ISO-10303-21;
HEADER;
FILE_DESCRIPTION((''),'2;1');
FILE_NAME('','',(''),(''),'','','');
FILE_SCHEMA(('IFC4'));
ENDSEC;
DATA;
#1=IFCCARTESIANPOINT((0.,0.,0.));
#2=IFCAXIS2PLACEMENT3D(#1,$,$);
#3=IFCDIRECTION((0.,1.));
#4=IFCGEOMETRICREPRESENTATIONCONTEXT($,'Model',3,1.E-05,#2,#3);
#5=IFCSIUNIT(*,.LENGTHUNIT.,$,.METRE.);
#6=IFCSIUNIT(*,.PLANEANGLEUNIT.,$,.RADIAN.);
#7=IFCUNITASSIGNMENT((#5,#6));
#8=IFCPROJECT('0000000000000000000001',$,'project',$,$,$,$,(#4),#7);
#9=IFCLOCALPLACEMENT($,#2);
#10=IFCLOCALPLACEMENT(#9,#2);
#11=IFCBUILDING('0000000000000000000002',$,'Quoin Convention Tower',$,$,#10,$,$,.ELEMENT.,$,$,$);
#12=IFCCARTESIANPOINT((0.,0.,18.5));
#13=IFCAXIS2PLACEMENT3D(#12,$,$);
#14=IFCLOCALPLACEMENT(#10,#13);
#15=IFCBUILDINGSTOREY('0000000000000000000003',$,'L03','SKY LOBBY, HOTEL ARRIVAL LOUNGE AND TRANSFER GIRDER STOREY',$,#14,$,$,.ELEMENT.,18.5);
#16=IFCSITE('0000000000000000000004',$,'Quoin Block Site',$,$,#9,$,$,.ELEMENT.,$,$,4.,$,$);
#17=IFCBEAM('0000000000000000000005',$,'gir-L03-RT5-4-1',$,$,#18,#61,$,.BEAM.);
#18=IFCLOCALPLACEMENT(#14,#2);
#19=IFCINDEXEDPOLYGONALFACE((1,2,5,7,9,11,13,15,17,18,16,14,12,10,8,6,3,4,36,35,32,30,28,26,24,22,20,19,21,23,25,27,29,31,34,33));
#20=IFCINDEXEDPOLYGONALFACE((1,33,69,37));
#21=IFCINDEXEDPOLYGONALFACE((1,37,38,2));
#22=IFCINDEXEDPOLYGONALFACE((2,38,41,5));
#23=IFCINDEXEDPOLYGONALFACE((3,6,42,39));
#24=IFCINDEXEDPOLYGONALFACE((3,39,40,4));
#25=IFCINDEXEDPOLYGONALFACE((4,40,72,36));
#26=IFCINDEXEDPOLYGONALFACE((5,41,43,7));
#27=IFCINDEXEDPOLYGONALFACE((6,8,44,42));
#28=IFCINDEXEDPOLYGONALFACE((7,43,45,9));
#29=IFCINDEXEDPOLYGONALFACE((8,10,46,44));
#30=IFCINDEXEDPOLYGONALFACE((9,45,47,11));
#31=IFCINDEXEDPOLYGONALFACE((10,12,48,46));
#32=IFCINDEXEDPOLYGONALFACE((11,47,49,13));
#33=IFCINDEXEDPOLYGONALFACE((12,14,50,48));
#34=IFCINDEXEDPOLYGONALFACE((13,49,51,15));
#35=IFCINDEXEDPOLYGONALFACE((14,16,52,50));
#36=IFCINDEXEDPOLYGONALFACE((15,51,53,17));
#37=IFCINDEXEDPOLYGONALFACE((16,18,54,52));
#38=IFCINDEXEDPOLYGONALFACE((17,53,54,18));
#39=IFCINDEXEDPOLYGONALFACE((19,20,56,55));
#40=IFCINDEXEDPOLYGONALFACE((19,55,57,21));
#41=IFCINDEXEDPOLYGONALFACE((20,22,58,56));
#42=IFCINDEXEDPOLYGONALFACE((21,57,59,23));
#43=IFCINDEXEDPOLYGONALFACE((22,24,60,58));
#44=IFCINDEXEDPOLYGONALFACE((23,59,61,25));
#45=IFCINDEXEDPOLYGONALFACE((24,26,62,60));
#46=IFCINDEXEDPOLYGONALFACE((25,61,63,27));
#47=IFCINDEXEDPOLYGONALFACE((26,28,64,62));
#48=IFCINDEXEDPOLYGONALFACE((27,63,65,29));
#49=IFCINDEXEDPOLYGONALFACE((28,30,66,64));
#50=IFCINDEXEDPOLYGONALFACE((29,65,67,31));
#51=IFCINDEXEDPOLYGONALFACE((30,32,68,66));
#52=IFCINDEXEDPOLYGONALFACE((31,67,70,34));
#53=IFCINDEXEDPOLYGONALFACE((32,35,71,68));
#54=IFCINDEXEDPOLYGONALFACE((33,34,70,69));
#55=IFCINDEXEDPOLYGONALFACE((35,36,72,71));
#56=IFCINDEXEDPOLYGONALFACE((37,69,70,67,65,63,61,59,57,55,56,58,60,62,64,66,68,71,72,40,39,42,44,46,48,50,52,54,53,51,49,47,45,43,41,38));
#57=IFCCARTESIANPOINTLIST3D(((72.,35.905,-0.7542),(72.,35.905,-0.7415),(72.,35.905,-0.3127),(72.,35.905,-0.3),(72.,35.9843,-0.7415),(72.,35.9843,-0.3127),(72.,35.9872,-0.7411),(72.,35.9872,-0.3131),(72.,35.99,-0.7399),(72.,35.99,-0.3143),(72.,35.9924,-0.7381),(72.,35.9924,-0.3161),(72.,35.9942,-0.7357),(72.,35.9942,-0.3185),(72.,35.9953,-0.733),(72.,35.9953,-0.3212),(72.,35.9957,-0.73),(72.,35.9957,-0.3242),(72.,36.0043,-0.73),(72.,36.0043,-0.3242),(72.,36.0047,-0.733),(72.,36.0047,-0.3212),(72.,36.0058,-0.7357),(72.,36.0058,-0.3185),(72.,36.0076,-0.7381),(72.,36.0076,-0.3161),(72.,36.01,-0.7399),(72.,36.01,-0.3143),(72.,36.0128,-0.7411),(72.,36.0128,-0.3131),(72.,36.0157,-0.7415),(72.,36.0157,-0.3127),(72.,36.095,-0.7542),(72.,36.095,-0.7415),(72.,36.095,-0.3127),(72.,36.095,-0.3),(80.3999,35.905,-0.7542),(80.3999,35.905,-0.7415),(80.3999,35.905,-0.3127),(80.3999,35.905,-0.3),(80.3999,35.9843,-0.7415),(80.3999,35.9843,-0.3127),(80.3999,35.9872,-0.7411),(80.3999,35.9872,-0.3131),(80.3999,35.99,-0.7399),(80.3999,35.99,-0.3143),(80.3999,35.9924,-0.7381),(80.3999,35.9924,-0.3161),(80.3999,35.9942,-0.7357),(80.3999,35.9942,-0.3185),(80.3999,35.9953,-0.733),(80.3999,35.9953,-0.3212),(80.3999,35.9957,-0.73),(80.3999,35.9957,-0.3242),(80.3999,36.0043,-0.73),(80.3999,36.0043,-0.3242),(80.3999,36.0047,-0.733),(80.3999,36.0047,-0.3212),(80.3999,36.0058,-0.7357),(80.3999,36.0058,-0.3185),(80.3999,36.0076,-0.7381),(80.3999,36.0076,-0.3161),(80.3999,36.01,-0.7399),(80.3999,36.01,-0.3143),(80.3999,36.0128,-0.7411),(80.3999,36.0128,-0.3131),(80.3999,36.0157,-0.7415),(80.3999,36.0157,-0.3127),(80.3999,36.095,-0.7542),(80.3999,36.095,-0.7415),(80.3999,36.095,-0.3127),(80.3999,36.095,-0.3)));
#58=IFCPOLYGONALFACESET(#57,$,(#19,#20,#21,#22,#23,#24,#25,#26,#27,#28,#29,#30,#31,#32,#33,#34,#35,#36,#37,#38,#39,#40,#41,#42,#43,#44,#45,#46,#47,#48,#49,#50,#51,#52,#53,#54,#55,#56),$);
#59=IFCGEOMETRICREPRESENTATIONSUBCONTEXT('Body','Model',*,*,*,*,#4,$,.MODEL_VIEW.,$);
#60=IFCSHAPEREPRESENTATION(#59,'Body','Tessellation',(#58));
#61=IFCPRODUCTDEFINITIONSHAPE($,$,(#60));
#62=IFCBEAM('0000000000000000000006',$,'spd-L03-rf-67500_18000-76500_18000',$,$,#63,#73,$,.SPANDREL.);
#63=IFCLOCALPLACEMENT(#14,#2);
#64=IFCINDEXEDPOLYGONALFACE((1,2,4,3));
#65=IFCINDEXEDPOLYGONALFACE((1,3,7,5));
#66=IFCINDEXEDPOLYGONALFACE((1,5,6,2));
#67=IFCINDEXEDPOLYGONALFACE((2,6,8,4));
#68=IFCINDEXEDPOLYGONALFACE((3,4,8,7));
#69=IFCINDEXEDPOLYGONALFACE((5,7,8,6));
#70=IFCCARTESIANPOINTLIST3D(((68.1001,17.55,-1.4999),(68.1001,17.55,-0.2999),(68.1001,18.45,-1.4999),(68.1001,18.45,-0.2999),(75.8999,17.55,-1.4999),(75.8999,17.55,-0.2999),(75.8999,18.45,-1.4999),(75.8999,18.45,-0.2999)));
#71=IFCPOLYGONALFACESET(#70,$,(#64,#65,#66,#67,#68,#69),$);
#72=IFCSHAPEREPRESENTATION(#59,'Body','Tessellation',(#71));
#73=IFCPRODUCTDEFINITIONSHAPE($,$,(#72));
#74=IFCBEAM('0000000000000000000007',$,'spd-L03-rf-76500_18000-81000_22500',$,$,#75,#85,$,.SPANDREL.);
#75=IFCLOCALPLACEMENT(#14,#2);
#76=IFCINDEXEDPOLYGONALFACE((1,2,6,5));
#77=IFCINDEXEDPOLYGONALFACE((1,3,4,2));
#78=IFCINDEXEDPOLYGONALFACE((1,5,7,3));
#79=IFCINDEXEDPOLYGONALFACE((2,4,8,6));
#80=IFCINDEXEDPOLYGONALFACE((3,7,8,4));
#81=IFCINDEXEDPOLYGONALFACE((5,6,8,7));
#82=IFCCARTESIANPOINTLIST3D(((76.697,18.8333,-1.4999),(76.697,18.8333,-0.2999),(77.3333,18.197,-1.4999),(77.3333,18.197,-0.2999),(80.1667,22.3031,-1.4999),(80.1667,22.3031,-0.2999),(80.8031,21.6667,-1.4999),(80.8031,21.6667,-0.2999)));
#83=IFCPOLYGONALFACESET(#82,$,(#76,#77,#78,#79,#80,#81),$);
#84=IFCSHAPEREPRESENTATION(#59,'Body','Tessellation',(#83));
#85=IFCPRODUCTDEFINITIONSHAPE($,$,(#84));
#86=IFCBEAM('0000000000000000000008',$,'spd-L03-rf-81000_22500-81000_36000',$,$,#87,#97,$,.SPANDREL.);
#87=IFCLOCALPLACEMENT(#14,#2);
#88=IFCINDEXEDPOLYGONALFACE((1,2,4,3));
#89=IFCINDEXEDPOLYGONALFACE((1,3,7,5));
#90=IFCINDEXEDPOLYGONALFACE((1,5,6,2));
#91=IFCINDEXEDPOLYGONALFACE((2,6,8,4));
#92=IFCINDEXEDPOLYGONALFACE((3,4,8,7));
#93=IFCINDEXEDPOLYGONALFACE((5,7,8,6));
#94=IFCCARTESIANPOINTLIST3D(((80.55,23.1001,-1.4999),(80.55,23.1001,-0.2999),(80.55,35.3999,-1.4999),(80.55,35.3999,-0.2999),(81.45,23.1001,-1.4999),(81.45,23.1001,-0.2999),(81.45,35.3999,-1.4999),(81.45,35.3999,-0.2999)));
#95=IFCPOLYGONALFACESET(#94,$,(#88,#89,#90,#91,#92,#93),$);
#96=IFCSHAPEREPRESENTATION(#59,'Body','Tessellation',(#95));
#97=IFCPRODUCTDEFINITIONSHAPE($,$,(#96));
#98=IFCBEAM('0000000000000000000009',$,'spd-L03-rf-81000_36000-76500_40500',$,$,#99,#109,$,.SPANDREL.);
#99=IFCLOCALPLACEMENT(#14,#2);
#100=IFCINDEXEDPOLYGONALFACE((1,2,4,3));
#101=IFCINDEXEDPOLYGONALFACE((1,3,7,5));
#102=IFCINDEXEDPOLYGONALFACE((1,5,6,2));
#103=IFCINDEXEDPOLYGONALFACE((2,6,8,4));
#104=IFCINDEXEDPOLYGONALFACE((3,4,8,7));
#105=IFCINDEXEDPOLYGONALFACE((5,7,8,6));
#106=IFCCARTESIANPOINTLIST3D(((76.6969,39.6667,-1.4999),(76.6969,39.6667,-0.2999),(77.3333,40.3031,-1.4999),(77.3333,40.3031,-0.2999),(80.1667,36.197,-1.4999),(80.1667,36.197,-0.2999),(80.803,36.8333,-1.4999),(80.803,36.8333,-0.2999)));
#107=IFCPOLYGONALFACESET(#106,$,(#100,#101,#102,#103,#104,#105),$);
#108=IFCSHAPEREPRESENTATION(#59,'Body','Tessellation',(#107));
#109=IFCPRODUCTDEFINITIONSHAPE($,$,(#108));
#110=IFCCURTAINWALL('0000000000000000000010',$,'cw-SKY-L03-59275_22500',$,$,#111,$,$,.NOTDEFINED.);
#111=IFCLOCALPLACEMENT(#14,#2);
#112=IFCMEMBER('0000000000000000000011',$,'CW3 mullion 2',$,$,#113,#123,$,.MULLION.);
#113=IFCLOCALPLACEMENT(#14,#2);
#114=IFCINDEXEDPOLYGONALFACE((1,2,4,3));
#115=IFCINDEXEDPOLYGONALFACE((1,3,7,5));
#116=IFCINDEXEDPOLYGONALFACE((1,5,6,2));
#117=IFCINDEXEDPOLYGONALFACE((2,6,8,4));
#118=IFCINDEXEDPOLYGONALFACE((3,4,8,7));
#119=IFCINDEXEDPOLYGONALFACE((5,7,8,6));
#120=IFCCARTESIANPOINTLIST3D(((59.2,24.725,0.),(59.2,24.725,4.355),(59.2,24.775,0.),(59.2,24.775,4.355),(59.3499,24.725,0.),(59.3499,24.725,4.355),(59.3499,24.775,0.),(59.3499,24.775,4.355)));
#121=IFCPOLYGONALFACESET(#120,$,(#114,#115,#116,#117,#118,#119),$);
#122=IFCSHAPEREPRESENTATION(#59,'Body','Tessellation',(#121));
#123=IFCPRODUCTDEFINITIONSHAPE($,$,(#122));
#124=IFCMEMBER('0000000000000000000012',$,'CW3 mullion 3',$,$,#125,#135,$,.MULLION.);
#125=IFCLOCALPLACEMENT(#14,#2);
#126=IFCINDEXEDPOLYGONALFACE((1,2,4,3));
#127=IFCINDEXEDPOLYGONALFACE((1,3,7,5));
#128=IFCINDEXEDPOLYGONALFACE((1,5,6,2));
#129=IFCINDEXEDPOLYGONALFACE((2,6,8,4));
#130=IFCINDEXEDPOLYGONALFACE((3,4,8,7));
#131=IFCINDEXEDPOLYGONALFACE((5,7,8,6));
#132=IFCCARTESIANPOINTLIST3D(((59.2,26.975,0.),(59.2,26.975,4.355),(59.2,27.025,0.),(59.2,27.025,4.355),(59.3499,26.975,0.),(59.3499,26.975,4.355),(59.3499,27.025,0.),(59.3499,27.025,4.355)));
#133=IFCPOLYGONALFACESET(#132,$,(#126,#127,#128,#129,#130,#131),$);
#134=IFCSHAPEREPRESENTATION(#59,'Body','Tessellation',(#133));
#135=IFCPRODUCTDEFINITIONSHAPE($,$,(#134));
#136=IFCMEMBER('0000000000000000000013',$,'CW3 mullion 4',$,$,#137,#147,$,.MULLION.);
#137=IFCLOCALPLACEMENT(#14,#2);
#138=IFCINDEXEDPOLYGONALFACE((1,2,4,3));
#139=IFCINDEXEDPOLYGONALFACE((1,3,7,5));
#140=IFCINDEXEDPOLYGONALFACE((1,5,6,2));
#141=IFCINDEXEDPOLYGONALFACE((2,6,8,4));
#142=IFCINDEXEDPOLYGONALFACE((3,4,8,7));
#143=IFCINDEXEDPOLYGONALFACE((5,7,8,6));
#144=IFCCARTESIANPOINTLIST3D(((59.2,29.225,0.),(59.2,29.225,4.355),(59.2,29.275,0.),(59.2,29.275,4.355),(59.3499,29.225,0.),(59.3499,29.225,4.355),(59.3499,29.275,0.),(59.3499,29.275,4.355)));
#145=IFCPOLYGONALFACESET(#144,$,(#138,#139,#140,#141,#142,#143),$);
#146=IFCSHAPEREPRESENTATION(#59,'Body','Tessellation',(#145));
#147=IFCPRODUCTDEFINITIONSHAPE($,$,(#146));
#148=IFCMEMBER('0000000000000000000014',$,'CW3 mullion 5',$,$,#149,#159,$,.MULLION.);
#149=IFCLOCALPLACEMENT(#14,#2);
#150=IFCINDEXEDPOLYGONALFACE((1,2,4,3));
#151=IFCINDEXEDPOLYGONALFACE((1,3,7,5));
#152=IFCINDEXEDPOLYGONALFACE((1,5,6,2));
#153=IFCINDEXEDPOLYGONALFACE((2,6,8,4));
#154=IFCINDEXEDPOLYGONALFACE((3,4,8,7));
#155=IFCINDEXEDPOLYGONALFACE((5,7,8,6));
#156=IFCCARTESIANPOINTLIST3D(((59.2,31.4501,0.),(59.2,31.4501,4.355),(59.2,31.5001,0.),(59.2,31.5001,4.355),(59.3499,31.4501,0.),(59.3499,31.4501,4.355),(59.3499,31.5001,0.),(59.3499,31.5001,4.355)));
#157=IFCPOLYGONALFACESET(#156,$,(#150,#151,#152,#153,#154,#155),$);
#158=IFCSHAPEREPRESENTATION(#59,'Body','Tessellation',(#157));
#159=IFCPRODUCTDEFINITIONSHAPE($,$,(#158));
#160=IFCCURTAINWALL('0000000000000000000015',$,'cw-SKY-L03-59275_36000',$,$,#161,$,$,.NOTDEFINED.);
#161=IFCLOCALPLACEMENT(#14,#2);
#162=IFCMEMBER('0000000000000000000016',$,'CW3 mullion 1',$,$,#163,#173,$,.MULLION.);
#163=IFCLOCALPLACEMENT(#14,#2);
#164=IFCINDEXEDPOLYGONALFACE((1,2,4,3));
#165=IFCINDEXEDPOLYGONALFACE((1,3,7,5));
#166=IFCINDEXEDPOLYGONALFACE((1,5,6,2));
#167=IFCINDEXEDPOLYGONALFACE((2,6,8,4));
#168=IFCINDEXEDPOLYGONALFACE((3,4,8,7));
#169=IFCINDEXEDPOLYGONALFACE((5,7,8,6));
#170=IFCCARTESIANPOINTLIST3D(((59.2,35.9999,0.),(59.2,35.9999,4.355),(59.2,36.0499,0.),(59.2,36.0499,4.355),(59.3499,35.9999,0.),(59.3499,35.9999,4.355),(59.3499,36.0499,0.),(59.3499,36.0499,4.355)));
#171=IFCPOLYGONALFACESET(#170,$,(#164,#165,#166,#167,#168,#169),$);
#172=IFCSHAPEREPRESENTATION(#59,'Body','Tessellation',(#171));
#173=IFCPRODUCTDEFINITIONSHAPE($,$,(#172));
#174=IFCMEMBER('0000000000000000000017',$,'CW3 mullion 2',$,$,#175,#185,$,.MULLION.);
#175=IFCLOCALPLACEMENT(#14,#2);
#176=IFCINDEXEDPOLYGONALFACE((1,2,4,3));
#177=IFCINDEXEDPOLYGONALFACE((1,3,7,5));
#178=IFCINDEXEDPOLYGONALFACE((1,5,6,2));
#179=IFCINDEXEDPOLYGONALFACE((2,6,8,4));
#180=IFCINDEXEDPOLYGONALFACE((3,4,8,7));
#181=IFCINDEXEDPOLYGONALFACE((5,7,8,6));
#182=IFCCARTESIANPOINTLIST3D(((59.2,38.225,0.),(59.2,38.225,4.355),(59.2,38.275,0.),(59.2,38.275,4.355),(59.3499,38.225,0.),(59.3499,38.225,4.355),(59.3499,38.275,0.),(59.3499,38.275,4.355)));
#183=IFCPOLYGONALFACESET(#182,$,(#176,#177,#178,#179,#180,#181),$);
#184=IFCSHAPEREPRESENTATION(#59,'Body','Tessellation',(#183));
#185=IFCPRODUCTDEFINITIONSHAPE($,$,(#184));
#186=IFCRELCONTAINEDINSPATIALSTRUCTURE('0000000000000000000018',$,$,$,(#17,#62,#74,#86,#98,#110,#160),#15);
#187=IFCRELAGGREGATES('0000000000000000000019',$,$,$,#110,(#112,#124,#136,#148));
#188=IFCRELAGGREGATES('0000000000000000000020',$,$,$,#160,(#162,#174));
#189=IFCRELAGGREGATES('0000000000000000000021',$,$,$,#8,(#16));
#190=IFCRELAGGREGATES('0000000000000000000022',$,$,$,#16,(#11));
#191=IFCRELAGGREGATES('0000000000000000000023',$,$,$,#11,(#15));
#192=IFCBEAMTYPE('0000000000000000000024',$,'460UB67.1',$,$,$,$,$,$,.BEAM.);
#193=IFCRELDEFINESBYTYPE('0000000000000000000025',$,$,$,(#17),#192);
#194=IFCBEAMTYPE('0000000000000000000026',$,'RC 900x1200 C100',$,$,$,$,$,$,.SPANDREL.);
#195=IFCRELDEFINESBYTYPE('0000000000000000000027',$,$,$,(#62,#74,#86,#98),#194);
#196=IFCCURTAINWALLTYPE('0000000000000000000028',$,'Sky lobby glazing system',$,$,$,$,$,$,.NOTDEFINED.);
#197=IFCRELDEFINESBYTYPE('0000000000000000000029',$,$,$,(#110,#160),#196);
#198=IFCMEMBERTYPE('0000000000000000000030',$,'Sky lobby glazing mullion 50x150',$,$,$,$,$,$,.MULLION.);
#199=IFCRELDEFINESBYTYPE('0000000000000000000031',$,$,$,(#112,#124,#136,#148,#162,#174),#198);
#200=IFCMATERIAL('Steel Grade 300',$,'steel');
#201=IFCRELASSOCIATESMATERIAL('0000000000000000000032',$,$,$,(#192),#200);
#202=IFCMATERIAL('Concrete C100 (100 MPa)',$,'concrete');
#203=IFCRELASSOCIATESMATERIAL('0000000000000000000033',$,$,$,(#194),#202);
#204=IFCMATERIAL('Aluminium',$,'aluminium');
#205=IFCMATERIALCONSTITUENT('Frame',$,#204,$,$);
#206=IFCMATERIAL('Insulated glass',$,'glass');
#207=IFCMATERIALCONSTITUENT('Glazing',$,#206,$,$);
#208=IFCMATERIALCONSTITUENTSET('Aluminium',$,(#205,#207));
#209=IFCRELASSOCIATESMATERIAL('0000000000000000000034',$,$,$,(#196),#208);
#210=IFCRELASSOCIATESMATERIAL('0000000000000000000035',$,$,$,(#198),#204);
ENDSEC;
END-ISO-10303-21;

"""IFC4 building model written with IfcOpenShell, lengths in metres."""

from ifc_helpers import new_model, si_unit, direction, frame, origin, origin_2d, place, context, subcontext, project, spatial, rectangle, i_section, extrude, material, constituent, constituent_set, material_profile, profile_set, type_object, element, aggregate, save


model = new_model("IFC4")

# Units and contexts
model_context = context("Model", 3, precision=1e-05, world=origin(), true_north=direction((0.0, 1.0)))
body_context = subcontext(model_context, "Body", "Model", "MODEL_VIEW")
ifc_project = project(units=[si_unit("LENGTHUNIT", "METRE"), si_unit("PLANEANGLEUNIT", "RADIAN")], contexts=[model_context])

# Site, building, storey
site_placement = place(None, origin())
site = spatial("IfcSite", under=ifc_project, at=site_placement, Name="Quoin Block Site", CompositionType="ELEMENT", RefElevation=4.0)
building_placement = place(site_placement, origin())
building = spatial("IfcBuilding", under=site, at=building_placement, Name="Quoin Convention Tower", CompositionType="ELEMENT")
storey_placement = place(building_placement, frame((0.0, 0.0, 18.5)))
storey = spatial("IfcBuildingStorey", under=building, at=storey_placement, Name="L03", Description="SKY LOBBY, HOTEL ARRIVAL LOUNGE AND TRANSFER GIRDER STOREY", CompositionType="ELEMENT", Elevation=18.5)

# Beams
ifc_material_1 = material(Name="Steel Grade 300", Category="steel")
ifc_material_profile_1 = material_profile(ifc_material_1, i_section(OverallWidth=0.1899, OverallDepth=0.4541, WebThickness=0.0085, FlangeThickness=0.0127, FilletRadius=0.0115, at=origin_2d()), Name="460UB67.1")
ifc_profile_set_1 = profile_set([ifc_material_profile_1], Name="Steel Grade 300")
beam_type_1 = type_object("IfcBeamType", Name="460UB67.1", PredefinedType="BEAM", material=ifc_profile_set_1)
beam_1_placement = place(storey_placement, frame((72.0, 36.0, -0.5271), z_axis=(1.0, 0.0, 0.0), x_axis=(0.0, 1.0, 0.0)))
element("IfcBeam", 1, at=beam_1_placement, inside=storey, type_object=beam_type_1, Name="gir-L03-RT5-4-1", PredefinedType="BEAM", context=body_context, shape_type="SweptSolid", body=[
    extrude(i_section(OverallWidth=0.1899, OverallDepth=0.4541, WebThickness=0.0085, FlangeThickness=0.0127, FilletRadius=0.0115, at=origin_2d()), origin(), (0.0, 0.0, 1.0), 8.3999),
])
ifc_material_2 = material(Name="Concrete C100 (100 MPa)", Category="concrete")
ifc_material_profile_2 = material_profile(ifc_material_2, rectangle(XDim=0.8999, YDim=1.2, at=origin_2d()), Name="RC 900x1200")
ifc_profile_set_2 = profile_set([ifc_material_profile_2], Name="Concrete C100 (100 MPa)")
beam_type_2 = type_object("IfcBeamType", Name="RC 900x1200 C100", PredefinedType="SPANDREL", material=ifc_profile_set_2)
beam_2_placement = place(storey_placement, frame((68.1001, 18.0, -0.8999), z_axis=(1.0, 0.0, 0.0), x_axis=(0.0, 1.0, 0.0)))
element("IfcBeam", 2, at=beam_2_placement, inside=storey, type_object=beam_type_2, Name="spd-L03-rf-67500_18000-76500_18000", PredefinedType="SPANDREL", context=body_context, shape_type="SweptSolid", body=[
    extrude(rectangle(XDim=0.8999, YDim=1.2, at=origin_2d()), origin(), (0.0, 0.0, 1.0), 7.7998),
])
beam_3_placement = place(storey_placement, frame((77.0151, 18.5151, -0.8999), z_axis=(0.707107, 0.707107, 0.0), x_axis=(-0.707107, 0.707107, 0.0)))
element("IfcBeam", 3, at=beam_3_placement, inside=storey, type_object=beam_type_2, Name="spd-L03-rf-76500_18000-81000_22500", PredefinedType="SPANDREL", context=body_context, shape_type="SweptSolid", body=[
    extrude(rectangle(XDim=0.8999, YDim=1.2, at=origin_2d()), origin(), (0.0, 0.0, 1.0), 4.907),
])
beam_4_placement = place(storey_placement, frame((81.0, 23.1001, -0.8999), z_axis=(0.0, 1.0, 0.0), x_axis=(-1.0, 0.0, 0.0)))
element("IfcBeam", 4, at=beam_4_placement, inside=storey, type_object=beam_type_2, Name="spd-L03-rf-81000_22500-81000_36000", PredefinedType="SPANDREL", context=body_context, shape_type="SweptSolid", body=[
    extrude(rectangle(XDim=0.8999, YDim=1.2, at=origin_2d()), origin(), (0.0, 0.0, 1.0), 12.2998),
])
beam_5_placement = place(storey_placement, frame((80.4849, 36.5151, -0.8999), z_axis=(-0.707107, 0.707107, 0.0), x_axis=(-0.707107, -0.707107, 0.0)))
element("IfcBeam", 5, at=beam_5_placement, inside=storey, type_object=beam_type_2, Name="spd-L03-rf-81000_36000-76500_40500", PredefinedType="SPANDREL", context=body_context, shape_type="SweptSolid", body=[
    extrude(rectangle(XDim=0.8999, YDim=1.2, at=origin_2d()), origin(), (0.0, 0.0, 1.0), 4.907),
])

# Curtain walls, members
ifc_material_3 = material(Name="Aluminium", Category="aluminium")
ifc_constituent_1 = constituent(ifc_material_3, Name="Frame")
ifc_material_4 = material(Name="Insulated glass", Category="glass")
ifc_constituent_2 = constituent(ifc_material_4, Name="Glazing")
ifc_constituent_set_1 = constituent_set(constituents=[ifc_constituent_1, ifc_constituent_2], Name="Aluminium")
curtain_wall_type = type_object("IfcCurtainWallType", Name="Sky lobby glazing system", PredefinedType="NOTDEFINED", material=ifc_constituent_set_1)
curtain_wall_1_placement = place(storey_placement, origin())
curtain_wall_1 = element("IfcCurtainWall", 6, at=curtain_wall_1_placement, inside=storey, type_object=curtain_wall_type, Name="cw-SKY-L03-59275_22500", PredefinedType="NOTDEFINED")
ifc_material_profile_3 = material_profile(ifc_material_3, rectangle(XDim=0.1499, YDim=0.05, at=origin_2d()), Name="Sky lobby glazing mullion 50x150")
ifc_profile_set_3 = profile_set([ifc_material_profile_3], Name="Aluminium")
member_type_1 = type_object("IfcMemberType", Name="Sky lobby glazing mullion 50x150", PredefinedType="MULLION", material=ifc_profile_set_3)
member_1_placement = place(storey_placement, frame((59.2749, 24.75, 0.0), z_axis=(0.0, 0.0, 1.0), x_axis=(-1.0, 0.0, 0.0)))
member_1 = element("IfcMember", 7, at=member_1_placement, type_object=member_type_1, Name="CW3 mullion 2", PredefinedType="MULLION", context=body_context, shape_type="SweptSolid", body=[
    extrude(rectangle(XDim=0.1499, YDim=0.05, at=origin_2d()), origin(), (0.0, 0.0, 1.0), 4.355),
])
member_2_placement = place(storey_placement, frame((59.2749, 27.0, 0.0), z_axis=(0.0, 0.0, 1.0), x_axis=(-1.0, 0.0, 0.0)))
member_2 = element("IfcMember", 8, at=member_2_placement, type_object=member_type_1, Name="CW3 mullion 3", PredefinedType="MULLION", context=body_context, shape_type="SweptSolid", body=[
    extrude(rectangle(XDim=0.1499, YDim=0.05, at=origin_2d()), origin(), (0.0, 0.0, 1.0), 4.355),
])
member_3_placement = place(storey_placement, frame((59.2749, 29.25, 0.0), z_axis=(0.0, 0.0, 1.0), x_axis=(-1.0, 0.0, 0.0)))
member_3 = element("IfcMember", 9, at=member_3_placement, type_object=member_type_1, Name="CW3 mullion 4", PredefinedType="MULLION", context=body_context, shape_type="SweptSolid", body=[
    extrude(rectangle(XDim=0.1499, YDim=0.05, at=origin_2d()), origin(), (0.0, 0.0, 1.0), 4.355),
])
member_4_placement = place(storey_placement, frame((59.2749, 31.4751, 0.0), z_axis=(0.0, 0.0, 1.0), x_axis=(-1.0, 0.0, 0.0)))
member_4 = element("IfcMember", 10, at=member_4_placement, type_object=member_type_1, Name="CW3 mullion 5", PredefinedType="MULLION", context=body_context, shape_type="SweptSolid", body=[
    extrude(rectangle(XDim=0.1499, YDim=0.05, at=origin_2d()), origin(), (0.0, 0.0, 1.0), 4.355),
])
curtain_wall_2_placement = place(storey_placement, origin())
curtain_wall_2 = element("IfcCurtainWall", 11, at=curtain_wall_2_placement, inside=storey, type_object=curtain_wall_type, Name="cw-SKY-L03-59275_36000", PredefinedType="NOTDEFINED")
member_5_placement = place(storey_placement, frame((59.2749, 36.0249, 0.0), z_axis=(0.0, 0.0, 1.0), x_axis=(-1.0, 0.0, 0.0)))
member_5 = element("IfcMember", 12, at=member_5_placement, type_object=member_type_1, Name="CW3 mullion 1", PredefinedType="MULLION", context=body_context, shape_type="SweptSolid", body=[
    extrude(rectangle(XDim=0.1499, YDim=0.05, at=origin_2d()), origin(), (0.0, 0.0, 1.0), 4.355),
])
member_6_placement = place(storey_placement, frame((59.2749, 38.25, 0.0), z_axis=(0.0, 0.0, 1.0), x_axis=(-1.0, 0.0, 0.0)))
member_6 = element("IfcMember", 13, at=member_6_placement, type_object=member_type_1, Name="CW3 mullion 2", PredefinedType="MULLION", context=body_context, shape_type="SweptSolid", body=[
    extrude(rectangle(XDim=0.1499, YDim=0.05, at=origin_2d()), origin(), (0.0, 0.0, 1.0), 4.355),
])

aggregate(curtain_wall_1, [member_1, member_2, member_3, member_4])
aggregate(curtain_wall_2, [member_5, member_6])

save(model, "model.ifc")
